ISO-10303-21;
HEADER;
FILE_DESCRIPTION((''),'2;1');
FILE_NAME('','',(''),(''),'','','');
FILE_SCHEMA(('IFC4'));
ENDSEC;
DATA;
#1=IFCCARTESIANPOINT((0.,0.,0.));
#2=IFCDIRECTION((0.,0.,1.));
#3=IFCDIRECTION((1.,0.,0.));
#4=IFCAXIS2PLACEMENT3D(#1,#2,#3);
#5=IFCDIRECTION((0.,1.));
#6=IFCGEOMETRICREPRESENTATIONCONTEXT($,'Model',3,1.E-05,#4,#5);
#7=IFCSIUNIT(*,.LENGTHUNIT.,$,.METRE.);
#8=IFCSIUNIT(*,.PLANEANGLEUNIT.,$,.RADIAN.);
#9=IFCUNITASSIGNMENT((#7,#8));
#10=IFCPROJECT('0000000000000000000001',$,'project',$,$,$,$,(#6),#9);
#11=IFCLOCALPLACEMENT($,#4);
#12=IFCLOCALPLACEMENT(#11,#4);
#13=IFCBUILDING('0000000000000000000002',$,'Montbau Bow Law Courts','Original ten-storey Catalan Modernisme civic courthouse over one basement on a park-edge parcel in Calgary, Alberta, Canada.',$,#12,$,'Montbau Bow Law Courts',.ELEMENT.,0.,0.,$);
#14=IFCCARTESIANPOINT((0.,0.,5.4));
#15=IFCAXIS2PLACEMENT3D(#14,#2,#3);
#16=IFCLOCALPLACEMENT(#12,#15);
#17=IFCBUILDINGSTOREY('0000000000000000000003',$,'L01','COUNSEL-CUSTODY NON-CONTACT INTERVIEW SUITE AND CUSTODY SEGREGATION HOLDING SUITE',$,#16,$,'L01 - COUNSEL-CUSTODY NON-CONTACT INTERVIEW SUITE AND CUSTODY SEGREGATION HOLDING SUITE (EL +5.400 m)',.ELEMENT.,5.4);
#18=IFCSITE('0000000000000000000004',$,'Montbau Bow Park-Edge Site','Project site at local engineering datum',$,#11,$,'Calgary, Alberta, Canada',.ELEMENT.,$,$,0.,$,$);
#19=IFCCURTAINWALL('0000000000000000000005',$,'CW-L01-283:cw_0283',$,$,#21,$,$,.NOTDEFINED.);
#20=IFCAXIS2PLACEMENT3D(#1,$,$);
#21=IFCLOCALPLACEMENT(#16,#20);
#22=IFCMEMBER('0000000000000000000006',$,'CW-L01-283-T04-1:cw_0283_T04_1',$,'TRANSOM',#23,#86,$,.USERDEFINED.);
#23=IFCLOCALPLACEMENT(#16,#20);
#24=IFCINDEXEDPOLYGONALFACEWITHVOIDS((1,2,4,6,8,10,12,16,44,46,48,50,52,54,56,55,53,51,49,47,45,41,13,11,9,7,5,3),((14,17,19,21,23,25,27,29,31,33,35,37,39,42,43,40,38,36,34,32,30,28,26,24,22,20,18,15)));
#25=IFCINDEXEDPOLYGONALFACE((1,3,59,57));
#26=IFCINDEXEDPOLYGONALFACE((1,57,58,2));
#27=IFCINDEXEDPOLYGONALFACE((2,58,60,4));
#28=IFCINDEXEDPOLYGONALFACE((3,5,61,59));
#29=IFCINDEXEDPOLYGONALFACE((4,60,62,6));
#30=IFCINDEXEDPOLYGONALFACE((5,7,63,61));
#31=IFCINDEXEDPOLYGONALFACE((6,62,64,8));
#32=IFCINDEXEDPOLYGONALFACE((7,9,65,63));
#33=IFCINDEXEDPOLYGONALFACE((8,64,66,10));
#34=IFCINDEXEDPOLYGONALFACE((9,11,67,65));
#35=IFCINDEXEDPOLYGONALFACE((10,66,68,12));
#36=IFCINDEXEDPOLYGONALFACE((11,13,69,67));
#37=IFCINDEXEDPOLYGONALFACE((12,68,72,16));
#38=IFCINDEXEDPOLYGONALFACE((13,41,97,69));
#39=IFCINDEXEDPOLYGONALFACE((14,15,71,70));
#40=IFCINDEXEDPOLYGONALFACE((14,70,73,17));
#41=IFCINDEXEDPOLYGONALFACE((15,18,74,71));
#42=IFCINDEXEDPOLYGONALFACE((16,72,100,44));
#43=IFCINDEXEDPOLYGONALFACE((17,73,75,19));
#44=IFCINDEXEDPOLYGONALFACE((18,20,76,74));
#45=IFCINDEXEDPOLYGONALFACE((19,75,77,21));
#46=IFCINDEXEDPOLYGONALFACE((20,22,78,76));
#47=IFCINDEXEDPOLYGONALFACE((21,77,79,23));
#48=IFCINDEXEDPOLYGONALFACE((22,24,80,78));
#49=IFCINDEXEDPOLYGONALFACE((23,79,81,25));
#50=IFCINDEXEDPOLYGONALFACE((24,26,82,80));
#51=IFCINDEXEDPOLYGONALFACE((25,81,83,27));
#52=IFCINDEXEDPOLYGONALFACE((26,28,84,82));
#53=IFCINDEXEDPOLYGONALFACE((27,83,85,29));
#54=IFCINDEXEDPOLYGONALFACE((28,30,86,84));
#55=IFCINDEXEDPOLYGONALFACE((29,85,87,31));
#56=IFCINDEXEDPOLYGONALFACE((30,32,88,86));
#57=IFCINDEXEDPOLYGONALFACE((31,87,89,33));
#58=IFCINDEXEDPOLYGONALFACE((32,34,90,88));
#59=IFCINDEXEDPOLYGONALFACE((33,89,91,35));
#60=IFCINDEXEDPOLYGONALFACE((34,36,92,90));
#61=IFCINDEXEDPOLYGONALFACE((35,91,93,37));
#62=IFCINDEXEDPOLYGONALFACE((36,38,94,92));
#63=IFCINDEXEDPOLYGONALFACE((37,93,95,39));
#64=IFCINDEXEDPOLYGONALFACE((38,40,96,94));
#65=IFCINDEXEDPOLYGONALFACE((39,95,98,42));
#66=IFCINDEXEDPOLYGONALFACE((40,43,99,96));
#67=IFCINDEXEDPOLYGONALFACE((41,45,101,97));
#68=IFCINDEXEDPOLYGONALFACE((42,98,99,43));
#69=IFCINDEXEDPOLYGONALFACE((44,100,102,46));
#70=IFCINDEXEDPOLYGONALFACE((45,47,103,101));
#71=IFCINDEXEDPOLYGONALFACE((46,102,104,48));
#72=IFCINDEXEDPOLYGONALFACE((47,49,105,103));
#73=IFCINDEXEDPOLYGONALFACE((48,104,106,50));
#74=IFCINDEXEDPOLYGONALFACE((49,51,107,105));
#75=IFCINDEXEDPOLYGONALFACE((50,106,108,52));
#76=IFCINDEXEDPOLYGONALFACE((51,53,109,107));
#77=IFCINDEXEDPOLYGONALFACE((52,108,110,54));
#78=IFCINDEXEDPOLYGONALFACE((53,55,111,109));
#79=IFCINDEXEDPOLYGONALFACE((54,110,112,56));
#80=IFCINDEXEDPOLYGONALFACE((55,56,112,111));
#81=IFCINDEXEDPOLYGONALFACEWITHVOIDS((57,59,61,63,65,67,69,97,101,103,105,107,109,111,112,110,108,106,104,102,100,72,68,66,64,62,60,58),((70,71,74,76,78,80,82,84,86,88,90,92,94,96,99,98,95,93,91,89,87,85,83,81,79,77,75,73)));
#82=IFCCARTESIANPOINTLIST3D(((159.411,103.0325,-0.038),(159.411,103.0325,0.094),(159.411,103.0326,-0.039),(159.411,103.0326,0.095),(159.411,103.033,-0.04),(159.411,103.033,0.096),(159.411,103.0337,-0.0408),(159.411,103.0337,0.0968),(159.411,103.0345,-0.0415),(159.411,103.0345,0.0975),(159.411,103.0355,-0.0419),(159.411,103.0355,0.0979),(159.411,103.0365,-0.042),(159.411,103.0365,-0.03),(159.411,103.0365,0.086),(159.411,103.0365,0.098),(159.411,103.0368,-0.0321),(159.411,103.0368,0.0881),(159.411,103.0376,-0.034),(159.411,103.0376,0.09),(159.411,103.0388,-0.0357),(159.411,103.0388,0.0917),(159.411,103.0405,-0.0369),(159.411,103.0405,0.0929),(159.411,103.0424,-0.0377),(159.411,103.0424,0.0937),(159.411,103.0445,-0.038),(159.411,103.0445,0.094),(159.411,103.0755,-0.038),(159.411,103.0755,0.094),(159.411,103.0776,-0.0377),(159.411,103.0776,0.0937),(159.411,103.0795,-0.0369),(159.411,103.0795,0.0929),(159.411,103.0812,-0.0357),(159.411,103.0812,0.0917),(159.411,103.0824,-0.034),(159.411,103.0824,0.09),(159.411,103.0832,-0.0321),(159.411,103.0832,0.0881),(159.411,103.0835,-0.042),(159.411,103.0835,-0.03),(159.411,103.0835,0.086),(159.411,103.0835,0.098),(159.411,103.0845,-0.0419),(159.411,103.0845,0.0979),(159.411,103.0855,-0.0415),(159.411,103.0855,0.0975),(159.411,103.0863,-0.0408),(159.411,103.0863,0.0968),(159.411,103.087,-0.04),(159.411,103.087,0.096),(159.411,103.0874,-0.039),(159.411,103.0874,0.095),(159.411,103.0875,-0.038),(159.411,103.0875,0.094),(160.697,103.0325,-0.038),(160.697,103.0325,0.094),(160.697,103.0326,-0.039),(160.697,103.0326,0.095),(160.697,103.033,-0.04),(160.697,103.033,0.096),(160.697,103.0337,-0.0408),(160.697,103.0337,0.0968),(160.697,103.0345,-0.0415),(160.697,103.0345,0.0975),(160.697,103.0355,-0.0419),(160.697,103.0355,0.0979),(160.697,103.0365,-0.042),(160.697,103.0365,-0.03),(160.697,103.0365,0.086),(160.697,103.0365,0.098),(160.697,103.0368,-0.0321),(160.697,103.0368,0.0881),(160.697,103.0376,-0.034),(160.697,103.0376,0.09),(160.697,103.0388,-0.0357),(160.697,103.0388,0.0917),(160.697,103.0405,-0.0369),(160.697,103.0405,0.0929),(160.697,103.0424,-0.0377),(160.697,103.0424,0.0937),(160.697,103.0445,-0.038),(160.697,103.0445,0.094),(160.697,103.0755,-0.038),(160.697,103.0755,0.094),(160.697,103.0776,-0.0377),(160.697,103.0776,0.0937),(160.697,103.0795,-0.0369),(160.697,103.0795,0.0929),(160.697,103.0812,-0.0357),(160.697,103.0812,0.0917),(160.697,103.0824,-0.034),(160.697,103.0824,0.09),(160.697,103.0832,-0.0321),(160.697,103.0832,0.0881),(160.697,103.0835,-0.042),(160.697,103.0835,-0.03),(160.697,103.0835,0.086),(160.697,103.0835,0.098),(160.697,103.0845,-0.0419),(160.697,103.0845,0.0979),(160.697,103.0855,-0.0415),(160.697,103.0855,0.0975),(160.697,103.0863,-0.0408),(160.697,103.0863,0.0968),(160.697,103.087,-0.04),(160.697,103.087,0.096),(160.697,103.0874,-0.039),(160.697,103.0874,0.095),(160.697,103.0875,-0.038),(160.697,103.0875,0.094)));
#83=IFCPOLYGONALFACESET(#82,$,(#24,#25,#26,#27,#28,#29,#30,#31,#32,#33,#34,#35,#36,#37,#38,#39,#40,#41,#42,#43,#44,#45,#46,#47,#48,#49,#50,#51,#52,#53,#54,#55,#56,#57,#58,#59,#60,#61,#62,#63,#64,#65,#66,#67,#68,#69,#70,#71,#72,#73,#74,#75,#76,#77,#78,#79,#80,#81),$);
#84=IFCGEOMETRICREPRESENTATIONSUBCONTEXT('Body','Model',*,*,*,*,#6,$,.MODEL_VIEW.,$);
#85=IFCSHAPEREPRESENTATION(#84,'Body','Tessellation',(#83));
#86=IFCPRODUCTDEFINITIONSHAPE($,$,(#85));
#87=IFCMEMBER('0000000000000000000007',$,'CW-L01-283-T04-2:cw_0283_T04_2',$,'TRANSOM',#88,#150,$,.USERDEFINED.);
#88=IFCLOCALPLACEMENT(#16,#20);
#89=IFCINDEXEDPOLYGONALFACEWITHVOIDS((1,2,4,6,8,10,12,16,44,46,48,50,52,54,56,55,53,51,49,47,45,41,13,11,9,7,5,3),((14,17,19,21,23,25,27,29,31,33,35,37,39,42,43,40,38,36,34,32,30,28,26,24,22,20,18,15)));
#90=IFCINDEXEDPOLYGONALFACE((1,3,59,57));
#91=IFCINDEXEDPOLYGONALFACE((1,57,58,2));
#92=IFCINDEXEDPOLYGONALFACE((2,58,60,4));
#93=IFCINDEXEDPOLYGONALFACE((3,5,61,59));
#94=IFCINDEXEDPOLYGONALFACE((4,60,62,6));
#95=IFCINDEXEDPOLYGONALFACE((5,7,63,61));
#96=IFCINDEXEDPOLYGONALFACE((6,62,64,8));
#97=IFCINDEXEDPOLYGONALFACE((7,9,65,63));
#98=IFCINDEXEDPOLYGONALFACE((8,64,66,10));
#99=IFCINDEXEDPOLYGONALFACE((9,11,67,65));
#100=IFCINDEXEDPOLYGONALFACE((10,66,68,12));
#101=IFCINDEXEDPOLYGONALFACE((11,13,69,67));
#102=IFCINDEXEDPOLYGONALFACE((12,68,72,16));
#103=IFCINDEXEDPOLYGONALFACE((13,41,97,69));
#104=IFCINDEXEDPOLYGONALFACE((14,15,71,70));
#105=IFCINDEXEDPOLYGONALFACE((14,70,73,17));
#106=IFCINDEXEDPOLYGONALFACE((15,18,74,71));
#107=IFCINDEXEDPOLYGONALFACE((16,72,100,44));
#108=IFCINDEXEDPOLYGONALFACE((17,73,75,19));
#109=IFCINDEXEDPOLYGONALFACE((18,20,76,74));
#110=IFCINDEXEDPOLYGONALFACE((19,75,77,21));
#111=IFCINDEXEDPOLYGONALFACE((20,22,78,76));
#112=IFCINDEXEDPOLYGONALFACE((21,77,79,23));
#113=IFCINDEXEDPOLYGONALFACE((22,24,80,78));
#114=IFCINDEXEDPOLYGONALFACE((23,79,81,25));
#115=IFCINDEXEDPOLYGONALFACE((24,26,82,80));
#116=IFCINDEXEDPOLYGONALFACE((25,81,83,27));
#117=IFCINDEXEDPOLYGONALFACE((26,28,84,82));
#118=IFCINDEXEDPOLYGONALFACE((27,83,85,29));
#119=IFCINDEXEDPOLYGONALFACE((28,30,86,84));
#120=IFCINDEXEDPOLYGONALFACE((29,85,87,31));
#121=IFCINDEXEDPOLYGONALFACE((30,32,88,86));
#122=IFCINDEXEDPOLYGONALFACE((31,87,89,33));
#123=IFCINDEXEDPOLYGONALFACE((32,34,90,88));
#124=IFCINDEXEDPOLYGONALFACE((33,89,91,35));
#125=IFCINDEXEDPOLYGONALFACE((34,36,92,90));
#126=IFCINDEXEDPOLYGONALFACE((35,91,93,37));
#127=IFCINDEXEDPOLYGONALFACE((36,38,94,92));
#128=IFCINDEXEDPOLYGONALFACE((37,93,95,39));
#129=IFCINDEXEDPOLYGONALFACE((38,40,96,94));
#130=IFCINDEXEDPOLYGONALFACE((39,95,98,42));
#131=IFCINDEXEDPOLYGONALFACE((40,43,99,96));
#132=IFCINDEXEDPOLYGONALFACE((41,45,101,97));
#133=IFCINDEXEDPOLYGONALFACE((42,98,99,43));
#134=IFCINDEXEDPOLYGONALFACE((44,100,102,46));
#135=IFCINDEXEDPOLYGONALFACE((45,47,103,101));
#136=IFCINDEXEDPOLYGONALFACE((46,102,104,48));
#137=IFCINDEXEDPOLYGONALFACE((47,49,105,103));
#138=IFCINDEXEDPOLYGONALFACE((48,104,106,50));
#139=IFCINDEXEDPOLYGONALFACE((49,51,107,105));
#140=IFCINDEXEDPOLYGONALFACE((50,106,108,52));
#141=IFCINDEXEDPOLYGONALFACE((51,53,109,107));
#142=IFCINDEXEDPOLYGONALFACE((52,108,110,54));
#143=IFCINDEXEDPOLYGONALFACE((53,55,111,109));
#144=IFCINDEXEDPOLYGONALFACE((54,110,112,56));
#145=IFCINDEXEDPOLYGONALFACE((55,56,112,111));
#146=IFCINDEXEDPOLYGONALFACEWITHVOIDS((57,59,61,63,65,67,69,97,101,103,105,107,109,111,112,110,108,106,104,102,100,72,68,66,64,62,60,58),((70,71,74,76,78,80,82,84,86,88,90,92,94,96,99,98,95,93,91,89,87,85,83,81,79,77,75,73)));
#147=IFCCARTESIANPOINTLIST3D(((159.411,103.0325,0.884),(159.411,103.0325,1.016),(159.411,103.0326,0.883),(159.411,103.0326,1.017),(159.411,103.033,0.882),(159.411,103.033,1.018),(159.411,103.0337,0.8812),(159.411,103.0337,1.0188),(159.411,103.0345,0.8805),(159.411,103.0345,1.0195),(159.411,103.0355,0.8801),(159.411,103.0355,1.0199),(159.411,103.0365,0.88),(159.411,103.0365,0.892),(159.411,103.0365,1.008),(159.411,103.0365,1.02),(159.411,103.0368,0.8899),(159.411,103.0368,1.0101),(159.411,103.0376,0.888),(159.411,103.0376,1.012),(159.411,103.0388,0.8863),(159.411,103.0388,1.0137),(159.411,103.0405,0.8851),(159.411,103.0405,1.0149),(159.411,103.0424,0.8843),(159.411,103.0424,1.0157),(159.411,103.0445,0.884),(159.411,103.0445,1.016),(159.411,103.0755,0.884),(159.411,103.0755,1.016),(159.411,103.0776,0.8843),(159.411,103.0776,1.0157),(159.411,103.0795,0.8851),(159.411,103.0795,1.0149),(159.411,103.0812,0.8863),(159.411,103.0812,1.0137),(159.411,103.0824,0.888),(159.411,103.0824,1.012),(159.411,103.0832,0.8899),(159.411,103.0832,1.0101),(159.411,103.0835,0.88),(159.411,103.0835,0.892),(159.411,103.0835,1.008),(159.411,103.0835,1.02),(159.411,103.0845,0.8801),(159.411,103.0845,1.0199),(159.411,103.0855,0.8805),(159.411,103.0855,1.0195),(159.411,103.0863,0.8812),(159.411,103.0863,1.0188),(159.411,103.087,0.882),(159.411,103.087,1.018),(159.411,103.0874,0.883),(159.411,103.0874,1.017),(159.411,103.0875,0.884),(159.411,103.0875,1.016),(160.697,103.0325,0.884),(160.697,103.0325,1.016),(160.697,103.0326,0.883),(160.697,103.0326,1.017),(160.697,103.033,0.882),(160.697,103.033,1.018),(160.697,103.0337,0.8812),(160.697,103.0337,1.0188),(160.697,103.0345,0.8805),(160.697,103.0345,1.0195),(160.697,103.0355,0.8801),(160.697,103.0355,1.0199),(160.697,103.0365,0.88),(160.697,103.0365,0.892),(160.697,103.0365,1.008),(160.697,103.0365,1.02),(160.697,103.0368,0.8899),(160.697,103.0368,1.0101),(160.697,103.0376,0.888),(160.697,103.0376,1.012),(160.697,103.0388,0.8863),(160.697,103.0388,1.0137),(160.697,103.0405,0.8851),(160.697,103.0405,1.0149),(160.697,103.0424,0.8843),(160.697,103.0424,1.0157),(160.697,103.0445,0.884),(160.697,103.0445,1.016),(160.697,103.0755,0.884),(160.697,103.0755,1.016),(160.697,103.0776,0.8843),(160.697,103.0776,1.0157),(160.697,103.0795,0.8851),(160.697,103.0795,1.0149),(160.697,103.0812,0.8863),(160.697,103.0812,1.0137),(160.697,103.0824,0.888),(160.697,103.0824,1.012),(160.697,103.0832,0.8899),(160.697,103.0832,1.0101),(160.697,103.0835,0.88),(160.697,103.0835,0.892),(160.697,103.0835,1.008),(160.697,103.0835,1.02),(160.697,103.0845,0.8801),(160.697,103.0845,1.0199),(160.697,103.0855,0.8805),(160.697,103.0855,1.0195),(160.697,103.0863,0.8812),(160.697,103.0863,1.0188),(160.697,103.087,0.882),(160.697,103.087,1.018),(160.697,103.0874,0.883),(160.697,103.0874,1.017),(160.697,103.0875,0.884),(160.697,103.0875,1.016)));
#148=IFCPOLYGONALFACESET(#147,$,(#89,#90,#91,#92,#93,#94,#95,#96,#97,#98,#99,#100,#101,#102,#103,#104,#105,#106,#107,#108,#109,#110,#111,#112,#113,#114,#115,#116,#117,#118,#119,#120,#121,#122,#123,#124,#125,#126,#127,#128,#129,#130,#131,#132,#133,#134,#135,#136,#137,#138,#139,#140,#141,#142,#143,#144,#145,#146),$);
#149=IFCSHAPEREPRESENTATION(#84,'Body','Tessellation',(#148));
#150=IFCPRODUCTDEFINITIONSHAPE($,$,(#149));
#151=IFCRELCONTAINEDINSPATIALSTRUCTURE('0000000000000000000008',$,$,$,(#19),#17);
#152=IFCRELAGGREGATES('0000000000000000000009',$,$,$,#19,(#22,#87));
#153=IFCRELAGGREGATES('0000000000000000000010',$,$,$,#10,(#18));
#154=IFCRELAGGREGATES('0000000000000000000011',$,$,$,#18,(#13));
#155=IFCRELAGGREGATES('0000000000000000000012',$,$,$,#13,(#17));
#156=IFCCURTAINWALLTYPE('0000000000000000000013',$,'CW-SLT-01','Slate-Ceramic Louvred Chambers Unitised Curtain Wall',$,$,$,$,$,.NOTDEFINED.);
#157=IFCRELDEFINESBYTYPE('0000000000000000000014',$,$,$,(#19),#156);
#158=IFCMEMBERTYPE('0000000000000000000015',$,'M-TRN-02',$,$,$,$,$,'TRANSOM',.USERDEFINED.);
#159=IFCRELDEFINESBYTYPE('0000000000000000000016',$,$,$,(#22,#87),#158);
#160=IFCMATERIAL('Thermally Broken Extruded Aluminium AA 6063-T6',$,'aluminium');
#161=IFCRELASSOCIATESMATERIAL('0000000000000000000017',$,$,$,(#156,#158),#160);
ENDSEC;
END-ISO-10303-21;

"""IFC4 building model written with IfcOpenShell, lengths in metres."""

from ifc_helpers import new_model, si_unit, direction, frame, origin_with_axes, origin_2d_with_axis, place, context, subcontext, project, spatial, hollow_rectangle, extrude, material, material_profile, profile_set, type_object, element, aggregate, save


model = new_model("IFC4")

# Units and contexts
model_context = context("Model", 3, precision=1e-05, world=origin_with_axes(), true_north=direction((0.0, 1.0)))
body_context = subcontext(model_context, "Body", "Model", "MODEL_VIEW")
ifc_project = project(units=[si_unit("LENGTHUNIT", "METRE"), si_unit("PLANEANGLEUNIT", "RADIAN")], contexts=[model_context])

# Site, building, storey
site_placement = place(None, origin_with_axes())
site = spatial("IfcSite", under=ifc_project, at=site_placement, Name="Montbau Bow Park-Edge Site", Description="Project site at local engineering datum", LongName="Calgary, Alberta, Canada", CompositionType="ELEMENT", RefElevation=0.0)
building_placement = place(site_placement, origin_with_axes())
building = spatial("IfcBuilding", under=site, at=building_placement, Name="Montbau Bow Law Courts", Description="Original ten-storey Catalan Modernisme civic courthouse over one basement on a park-edge parcel in Calgary, Alberta, Canada.", LongName="Montbau Bow Law Courts", CompositionType="ELEMENT", ElevationOfRefHeight=0.0, ElevationOfTerrain=0.0)
storey_placement = place(building_placement, frame((0.0, 0.0, 5.4), z_axis=(0.0, 0.0, 1.0), x_axis=(1.0, 0.0, 0.0)))
storey = spatial("IfcBuildingStorey", under=building, at=storey_placement, Name="L01", Description="COUNSEL-CUSTODY NON-CONTACT INTERVIEW SUITE AND CUSTODY SEGREGATION HOLDING SUITE", LongName="L01 - COUNSEL-CUSTODY NON-CONTACT INTERVIEW SUITE AND CUSTODY SEGREGATION HOLDING SUITE (EL +5.400 m)", CompositionType="ELEMENT", Elevation=5.4)

# Curtain wall, members
ifc_material_1 = material(Name="Thermally Broken Extruded Aluminium AA 6063-T6", Category="aluminium")
curtain_wall_type = type_object("IfcCurtainWallType", Name="CW-SLT-01", Description="Slate-Ceramic Louvred Chambers Unitised Curtain Wall", PredefinedType="NOTDEFINED", material=ifc_material_1)
curtain_wall_placement = place(None, frame((155.315, 103.06, 5.4), z_axis=(0.0, 0.0, 1.0), x_axis=(1.0, 0.0, 0.0)))
curtain_wall = element("IfcCurtainWall", 1, at=curtain_wall_placement, inside=storey, type_object=curtain_wall_type, Name="CW-L01-283:cw_0283", PredefinedType="NOTDEFINED")
ifc_material_profile_1 = material_profile(ifc_material_1, hollow_rectangle(XDim=0.055, YDim=0.14, WallThickness=0.004, InnerFilletRadius=0.008, OuterFilletRadius=0.004, at=origin_2d_with_axis()), Name="CWT-140X55", Category="Main", Priority=0)
ifc_profile_set_1 = profile_set([ifc_material_profile_1], Name="Thermally Broken Extruded Aluminium AA 6063-T6")
member_type_1 = type_object("IfcMemberType", Name="M-TRN-02", ElementType="TRANSOM", PredefinedType="USERDEFINED", material=ifc_profile_set_1)
member_1_placement = place(None, frame((159.411, 103.06, 5.428), z_axis=(1.0, 0.0, 0.0), x_axis=(0.0, 1.0, 0.0)))
member_1 = element("IfcMember", 2, at=member_1_placement, type_object=member_type_1, Name="CW-L01-283-T04-1:cw_0283_T04_1", ObjectType="TRANSOM", PredefinedType="USERDEFINED", context=body_context, shape_type="SweptSolid", body=[
    extrude(hollow_rectangle(XDim=0.055, YDim=0.14, WallThickness=0.004, InnerFilletRadius=0.008, OuterFilletRadius=0.004, at=origin_2d_with_axis()), origin_with_axes(), (0.0, 0.0, 1.0), 1.286),
])
member_2_placement = place(None, frame((159.411, 103.06, 6.35), z_axis=(1.0, 0.0, 0.0), x_axis=(0.0, 1.0, 0.0)))
member_2 = element("IfcMember", 3, at=member_2_placement, type_object=member_type_1, Name="CW-L01-283-T04-2:cw_0283_T04_2", ObjectType="TRANSOM", PredefinedType="USERDEFINED", context=body_context, shape_type="SweptSolid", body=[
    extrude(hollow_rectangle(XDim=0.055, YDim=0.14, WallThickness=0.004, InnerFilletRadius=0.008, OuterFilletRadius=0.004, at=origin_2d_with_axis()), origin_with_axes(), (0.0, 0.0, 1.0), 1.286),
])
aggregate(curtain_wall, [member_1, member_2])

save(model, "model.ifc")
